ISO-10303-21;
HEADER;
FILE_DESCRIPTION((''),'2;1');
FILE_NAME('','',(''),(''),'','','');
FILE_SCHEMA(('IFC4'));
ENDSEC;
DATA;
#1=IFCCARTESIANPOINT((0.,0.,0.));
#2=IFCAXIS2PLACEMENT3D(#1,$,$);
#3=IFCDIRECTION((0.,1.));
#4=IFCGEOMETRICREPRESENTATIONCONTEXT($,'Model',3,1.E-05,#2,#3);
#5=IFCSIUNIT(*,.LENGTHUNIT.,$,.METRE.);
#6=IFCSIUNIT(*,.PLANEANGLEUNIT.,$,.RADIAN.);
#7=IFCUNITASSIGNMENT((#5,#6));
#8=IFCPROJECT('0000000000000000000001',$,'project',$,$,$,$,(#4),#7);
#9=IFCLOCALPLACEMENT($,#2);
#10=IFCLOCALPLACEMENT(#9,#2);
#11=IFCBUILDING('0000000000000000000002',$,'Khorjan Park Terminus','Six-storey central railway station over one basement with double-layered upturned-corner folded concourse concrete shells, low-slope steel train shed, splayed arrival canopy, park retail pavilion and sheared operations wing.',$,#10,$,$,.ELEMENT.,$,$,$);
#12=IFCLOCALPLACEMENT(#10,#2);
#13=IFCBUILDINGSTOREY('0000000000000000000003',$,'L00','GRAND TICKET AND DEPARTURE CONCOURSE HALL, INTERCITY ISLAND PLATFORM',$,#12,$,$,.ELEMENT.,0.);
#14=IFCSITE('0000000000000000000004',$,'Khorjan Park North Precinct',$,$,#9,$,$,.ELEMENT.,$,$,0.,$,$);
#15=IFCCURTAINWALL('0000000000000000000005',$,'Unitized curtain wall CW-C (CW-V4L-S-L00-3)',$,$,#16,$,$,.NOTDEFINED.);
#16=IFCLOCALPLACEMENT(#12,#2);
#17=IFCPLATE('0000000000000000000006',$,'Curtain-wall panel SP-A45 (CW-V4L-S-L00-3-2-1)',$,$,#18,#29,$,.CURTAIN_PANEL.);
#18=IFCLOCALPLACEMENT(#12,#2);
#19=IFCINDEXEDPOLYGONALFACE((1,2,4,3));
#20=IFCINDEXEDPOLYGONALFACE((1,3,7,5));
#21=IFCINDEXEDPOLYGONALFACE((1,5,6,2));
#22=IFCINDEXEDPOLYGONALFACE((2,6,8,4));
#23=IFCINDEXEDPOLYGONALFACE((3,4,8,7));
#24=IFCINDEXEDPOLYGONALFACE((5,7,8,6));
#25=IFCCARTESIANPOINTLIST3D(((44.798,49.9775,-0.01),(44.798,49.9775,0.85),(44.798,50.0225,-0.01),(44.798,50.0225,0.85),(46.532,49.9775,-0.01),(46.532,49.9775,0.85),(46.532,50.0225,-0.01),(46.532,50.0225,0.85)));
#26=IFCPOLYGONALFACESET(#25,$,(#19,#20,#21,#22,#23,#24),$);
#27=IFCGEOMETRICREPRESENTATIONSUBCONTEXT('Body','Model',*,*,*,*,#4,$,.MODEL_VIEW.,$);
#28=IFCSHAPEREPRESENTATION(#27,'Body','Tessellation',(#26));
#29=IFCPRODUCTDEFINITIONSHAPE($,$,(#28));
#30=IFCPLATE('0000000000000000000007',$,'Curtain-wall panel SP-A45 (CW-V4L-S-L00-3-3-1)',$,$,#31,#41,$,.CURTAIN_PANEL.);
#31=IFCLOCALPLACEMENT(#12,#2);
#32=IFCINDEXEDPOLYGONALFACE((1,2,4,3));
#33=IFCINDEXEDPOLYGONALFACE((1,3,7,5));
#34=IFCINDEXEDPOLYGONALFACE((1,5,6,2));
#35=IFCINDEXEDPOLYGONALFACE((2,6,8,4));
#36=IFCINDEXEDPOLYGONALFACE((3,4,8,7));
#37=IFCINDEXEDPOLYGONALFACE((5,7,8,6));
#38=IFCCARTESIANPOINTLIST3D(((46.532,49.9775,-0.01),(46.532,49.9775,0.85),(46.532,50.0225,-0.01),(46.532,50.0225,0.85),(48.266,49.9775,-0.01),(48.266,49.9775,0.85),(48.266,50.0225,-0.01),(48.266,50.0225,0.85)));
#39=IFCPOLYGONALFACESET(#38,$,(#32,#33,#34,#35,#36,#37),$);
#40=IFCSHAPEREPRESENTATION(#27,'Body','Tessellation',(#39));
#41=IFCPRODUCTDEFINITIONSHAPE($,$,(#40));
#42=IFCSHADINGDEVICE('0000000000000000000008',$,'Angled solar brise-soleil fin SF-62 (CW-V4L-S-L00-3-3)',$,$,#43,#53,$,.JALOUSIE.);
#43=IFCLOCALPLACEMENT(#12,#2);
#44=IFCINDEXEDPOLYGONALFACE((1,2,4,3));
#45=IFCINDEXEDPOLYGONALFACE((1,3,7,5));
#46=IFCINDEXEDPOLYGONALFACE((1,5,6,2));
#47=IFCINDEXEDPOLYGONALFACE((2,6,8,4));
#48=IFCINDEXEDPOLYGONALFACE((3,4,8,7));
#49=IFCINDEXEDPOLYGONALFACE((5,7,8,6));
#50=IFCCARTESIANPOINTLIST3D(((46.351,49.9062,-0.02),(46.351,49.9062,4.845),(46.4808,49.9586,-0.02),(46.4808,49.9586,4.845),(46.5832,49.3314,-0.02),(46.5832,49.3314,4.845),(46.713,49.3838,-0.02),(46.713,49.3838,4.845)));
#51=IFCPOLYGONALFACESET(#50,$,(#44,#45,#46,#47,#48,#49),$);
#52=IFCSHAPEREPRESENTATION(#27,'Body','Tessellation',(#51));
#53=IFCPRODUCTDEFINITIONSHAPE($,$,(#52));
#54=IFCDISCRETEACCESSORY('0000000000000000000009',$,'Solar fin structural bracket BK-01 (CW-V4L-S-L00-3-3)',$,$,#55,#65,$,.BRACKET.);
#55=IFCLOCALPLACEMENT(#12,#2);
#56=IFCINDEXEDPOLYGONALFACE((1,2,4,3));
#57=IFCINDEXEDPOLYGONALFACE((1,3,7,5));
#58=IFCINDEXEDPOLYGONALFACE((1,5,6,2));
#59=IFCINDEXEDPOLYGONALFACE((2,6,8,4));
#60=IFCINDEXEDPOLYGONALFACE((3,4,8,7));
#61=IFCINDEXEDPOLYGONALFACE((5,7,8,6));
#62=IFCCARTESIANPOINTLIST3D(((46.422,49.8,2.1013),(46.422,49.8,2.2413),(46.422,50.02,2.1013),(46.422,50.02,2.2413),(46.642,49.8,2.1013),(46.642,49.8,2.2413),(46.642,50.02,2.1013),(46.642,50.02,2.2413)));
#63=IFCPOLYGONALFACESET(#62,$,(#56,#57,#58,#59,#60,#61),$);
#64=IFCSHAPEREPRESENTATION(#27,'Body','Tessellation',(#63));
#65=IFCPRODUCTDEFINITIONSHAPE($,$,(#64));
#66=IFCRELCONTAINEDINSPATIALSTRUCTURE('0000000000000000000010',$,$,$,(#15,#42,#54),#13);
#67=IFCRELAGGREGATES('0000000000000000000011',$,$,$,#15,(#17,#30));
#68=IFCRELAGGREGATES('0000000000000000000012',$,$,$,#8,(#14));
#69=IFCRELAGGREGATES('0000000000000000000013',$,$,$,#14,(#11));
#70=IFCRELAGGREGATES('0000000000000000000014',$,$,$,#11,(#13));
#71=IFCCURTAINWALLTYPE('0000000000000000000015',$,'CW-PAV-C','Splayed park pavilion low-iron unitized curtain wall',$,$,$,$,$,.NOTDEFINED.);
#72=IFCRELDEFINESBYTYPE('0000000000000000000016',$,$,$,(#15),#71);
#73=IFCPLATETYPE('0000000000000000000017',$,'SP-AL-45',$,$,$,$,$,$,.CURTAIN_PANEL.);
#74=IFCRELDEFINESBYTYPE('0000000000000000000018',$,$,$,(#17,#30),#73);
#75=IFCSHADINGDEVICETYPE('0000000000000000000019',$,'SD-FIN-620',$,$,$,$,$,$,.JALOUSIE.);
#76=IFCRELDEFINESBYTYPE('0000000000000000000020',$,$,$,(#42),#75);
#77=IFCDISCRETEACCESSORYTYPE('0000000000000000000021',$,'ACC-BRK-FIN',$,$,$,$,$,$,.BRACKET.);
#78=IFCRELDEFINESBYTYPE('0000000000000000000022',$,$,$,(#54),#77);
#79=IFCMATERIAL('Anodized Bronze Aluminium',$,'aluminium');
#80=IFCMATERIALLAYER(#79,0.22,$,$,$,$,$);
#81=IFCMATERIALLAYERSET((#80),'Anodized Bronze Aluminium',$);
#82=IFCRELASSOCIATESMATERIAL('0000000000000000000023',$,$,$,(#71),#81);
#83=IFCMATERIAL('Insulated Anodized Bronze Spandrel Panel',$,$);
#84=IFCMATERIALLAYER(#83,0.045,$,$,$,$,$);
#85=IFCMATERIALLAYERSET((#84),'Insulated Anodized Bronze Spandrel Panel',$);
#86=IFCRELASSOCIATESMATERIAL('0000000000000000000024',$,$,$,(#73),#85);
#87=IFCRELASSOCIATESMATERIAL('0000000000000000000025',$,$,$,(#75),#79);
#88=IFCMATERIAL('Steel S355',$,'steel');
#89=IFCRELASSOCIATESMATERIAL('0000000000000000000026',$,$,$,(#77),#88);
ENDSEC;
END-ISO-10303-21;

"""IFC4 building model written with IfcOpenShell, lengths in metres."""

from ifc_helpers import new_model, si_unit, direction, frame, origin, origin_2d, place, context, subcontext, project, spatial, rectangle, extrude, material, layer, layer_set, type_object, element, aggregate, save


model = new_model("IFC4")

# Units and contexts
model_context = context("Model", 3, precision=1e-05, world=origin(), true_north=direction((0.0, 1.0)))
body_context = subcontext(model_context, "Body", "Model", "MODEL_VIEW")
ifc_project = project(units=[si_unit("LENGTHUNIT", "METRE"), si_unit("PLANEANGLEUNIT", "RADIAN")], contexts=[model_context])

# Site, building, storey
site_placement = place(None, origin())
site = spatial("IfcSite", under=ifc_project, at=site_placement, Name="Khorjan Park North Precinct", CompositionType="ELEMENT", RefElevation=0.0)
building_placement = place(site_placement, origin())
building = spatial("IfcBuilding", under=site, at=building_placement, Name="Khorjan Park Terminus", Description="Six-storey central railway station over one basement with double-layered upturned-corner folded concourse concrete shells, low-slope steel train shed, splayed arrival canopy, park retail pavilion and sheared operations wing.", CompositionType="ELEMENT")
storey_placement = place(building_placement, origin())
storey = spatial("IfcBuildingStorey", under=building, at=storey_placement, Name="L00", Description="GRAND TICKET AND DEPARTURE CONCOURSE HALL, INTERCITY ISLAND PLATFORM", CompositionType="ELEMENT", Elevation=0.0)

# Shared definitions
ifc_material_1 = material(Name="Steel S355", Category="steel")

# Curtain wall, plates
ifc_material_2 = material(Name="Anodized Bronze Aluminium", Category="aluminium")
ifc_layer_1 = layer(ifc_material_2, 0.22)
ifc_layer_set_1 = layer_set([ifc_layer_1], Name="Anodized Bronze Aluminium")
curtain_wall_type = type_object("IfcCurtainWallType", Name="CW-PAV-C", Description="Splayed park pavilion low-iron unitized curtain wall", PredefinedType="NOTDEFINED", material=ifc_layer_set_1)
curtain_wall_placement = place(storey_placement, origin())
curtain_wall = element("IfcCurtainWall", 1, at=curtain_wall_placement, inside=storey, type_object=curtain_wall_type, Name="Unitized curtain wall CW-C (CW-V4L-S-L00-3)", PredefinedType="NOTDEFINED")
ifc_material_3 = material(Name="Insulated Anodized Bronze Spandrel Panel")
ifc_layer_2 = layer(ifc_material_3, 0.045)
ifc_layer_set_2 = layer_set([ifc_layer_2], Name="Insulated Anodized Bronze Spandrel Panel")
plate_type_1 = type_object("IfcPlateType", Name="SP-AL-45", PredefinedType="CURTAIN_PANEL", material=ifc_layer_set_2)
plate_1_placement = place(storey_placement, frame((45.665, 50.0, -0.01), z_axis=(0.0, 0.0, 1.0), x_axis=(1.0, 0.0, 0.0)))
plate_1 = element("IfcPlate", 2, at=plate_1_placement, type_object=plate_type_1, Name="Curtain-wall panel SP-A45 (CW-V4L-S-L00-3-2-1)", PredefinedType="CURTAIN_PANEL", context=body_context, shape_type="SweptSolid", body=[
    extrude(rectangle(XDim=1.734, YDim=0.045, at=origin_2d()), origin(), (0.0, 0.0, 1.0), 0.86),
])
plate_2_placement = place(storey_placement, frame((47.399, 50.0, -0.01), z_axis=(0.0, 0.0, 1.0), x_axis=(1.0, 0.0, 0.0)))
plate_2 = element("IfcPlate", 3, at=plate_2_placement, type_object=plate_type_1, Name="Curtain-wall panel SP-A45 (CW-V4L-S-L00-3-3-1)", PredefinedType="CURTAIN_PANEL", context=body_context, shape_type="SweptSolid", body=[
    extrude(rectangle(XDim=1.734, YDim=0.045, at=origin_2d()), origin(), (0.0, 0.0, 1.0), 0.86),
])
aggregate(curtain_wall, [plate_1, plate_2])

# Shading device
shading_device_type = type_object("IfcShadingDeviceType", Name="SD-FIN-620", PredefinedType="JALOUSIE", material=ifc_material_2)
shading_device_placement = place(storey_placement, frame((46.532, 49.645, -0.02), z_axis=(0.0, 0.0, 1.0), x_axis=(-0.374607, 0.927184, 0.0)))
element("IfcShadingDevice", 4, at=shading_device_placement, inside=storey, type_object=shading_device_type, Name="Angled solar brise-soleil fin SF-62 (CW-V4L-S-L00-3-3)", PredefinedType="JALOUSIE", context=body_context, shape_type="SweptSolid", body=[
    extrude(rectangle(XDim=0.62, YDim=0.14, at=origin_2d()), origin(), (0.0, 0.0, 1.0), 4.865),
])

# Discrete accessory
discrete_accessory_type = type_object("IfcDiscreteAccessoryType", Name="ACC-BRK-FIN", PredefinedType="BRACKET", material=ifc_material_1)
discrete_accessory_placement = place(storey_placement, frame((46.532, 49.91, 2.1013), z_axis=(0.0, 0.0, 1.0), x_axis=(1.0, 0.0, 0.0)))
element("IfcDiscreteAccessory", 5, at=discrete_accessory_placement, inside=storey, type_object=discrete_accessory_type, Name="Solar fin structural bracket BK-01 (CW-V4L-S-L00-3-3)", PredefinedType="BRACKET", context=body_context, shape_type="SweptSolid", body=[
    extrude(rectangle(XDim=0.22, YDim=0.22, at=origin_2d()), origin(), (0.0, 0.0, 1.0), 0.14),
])

save(model, "model.ifc")
